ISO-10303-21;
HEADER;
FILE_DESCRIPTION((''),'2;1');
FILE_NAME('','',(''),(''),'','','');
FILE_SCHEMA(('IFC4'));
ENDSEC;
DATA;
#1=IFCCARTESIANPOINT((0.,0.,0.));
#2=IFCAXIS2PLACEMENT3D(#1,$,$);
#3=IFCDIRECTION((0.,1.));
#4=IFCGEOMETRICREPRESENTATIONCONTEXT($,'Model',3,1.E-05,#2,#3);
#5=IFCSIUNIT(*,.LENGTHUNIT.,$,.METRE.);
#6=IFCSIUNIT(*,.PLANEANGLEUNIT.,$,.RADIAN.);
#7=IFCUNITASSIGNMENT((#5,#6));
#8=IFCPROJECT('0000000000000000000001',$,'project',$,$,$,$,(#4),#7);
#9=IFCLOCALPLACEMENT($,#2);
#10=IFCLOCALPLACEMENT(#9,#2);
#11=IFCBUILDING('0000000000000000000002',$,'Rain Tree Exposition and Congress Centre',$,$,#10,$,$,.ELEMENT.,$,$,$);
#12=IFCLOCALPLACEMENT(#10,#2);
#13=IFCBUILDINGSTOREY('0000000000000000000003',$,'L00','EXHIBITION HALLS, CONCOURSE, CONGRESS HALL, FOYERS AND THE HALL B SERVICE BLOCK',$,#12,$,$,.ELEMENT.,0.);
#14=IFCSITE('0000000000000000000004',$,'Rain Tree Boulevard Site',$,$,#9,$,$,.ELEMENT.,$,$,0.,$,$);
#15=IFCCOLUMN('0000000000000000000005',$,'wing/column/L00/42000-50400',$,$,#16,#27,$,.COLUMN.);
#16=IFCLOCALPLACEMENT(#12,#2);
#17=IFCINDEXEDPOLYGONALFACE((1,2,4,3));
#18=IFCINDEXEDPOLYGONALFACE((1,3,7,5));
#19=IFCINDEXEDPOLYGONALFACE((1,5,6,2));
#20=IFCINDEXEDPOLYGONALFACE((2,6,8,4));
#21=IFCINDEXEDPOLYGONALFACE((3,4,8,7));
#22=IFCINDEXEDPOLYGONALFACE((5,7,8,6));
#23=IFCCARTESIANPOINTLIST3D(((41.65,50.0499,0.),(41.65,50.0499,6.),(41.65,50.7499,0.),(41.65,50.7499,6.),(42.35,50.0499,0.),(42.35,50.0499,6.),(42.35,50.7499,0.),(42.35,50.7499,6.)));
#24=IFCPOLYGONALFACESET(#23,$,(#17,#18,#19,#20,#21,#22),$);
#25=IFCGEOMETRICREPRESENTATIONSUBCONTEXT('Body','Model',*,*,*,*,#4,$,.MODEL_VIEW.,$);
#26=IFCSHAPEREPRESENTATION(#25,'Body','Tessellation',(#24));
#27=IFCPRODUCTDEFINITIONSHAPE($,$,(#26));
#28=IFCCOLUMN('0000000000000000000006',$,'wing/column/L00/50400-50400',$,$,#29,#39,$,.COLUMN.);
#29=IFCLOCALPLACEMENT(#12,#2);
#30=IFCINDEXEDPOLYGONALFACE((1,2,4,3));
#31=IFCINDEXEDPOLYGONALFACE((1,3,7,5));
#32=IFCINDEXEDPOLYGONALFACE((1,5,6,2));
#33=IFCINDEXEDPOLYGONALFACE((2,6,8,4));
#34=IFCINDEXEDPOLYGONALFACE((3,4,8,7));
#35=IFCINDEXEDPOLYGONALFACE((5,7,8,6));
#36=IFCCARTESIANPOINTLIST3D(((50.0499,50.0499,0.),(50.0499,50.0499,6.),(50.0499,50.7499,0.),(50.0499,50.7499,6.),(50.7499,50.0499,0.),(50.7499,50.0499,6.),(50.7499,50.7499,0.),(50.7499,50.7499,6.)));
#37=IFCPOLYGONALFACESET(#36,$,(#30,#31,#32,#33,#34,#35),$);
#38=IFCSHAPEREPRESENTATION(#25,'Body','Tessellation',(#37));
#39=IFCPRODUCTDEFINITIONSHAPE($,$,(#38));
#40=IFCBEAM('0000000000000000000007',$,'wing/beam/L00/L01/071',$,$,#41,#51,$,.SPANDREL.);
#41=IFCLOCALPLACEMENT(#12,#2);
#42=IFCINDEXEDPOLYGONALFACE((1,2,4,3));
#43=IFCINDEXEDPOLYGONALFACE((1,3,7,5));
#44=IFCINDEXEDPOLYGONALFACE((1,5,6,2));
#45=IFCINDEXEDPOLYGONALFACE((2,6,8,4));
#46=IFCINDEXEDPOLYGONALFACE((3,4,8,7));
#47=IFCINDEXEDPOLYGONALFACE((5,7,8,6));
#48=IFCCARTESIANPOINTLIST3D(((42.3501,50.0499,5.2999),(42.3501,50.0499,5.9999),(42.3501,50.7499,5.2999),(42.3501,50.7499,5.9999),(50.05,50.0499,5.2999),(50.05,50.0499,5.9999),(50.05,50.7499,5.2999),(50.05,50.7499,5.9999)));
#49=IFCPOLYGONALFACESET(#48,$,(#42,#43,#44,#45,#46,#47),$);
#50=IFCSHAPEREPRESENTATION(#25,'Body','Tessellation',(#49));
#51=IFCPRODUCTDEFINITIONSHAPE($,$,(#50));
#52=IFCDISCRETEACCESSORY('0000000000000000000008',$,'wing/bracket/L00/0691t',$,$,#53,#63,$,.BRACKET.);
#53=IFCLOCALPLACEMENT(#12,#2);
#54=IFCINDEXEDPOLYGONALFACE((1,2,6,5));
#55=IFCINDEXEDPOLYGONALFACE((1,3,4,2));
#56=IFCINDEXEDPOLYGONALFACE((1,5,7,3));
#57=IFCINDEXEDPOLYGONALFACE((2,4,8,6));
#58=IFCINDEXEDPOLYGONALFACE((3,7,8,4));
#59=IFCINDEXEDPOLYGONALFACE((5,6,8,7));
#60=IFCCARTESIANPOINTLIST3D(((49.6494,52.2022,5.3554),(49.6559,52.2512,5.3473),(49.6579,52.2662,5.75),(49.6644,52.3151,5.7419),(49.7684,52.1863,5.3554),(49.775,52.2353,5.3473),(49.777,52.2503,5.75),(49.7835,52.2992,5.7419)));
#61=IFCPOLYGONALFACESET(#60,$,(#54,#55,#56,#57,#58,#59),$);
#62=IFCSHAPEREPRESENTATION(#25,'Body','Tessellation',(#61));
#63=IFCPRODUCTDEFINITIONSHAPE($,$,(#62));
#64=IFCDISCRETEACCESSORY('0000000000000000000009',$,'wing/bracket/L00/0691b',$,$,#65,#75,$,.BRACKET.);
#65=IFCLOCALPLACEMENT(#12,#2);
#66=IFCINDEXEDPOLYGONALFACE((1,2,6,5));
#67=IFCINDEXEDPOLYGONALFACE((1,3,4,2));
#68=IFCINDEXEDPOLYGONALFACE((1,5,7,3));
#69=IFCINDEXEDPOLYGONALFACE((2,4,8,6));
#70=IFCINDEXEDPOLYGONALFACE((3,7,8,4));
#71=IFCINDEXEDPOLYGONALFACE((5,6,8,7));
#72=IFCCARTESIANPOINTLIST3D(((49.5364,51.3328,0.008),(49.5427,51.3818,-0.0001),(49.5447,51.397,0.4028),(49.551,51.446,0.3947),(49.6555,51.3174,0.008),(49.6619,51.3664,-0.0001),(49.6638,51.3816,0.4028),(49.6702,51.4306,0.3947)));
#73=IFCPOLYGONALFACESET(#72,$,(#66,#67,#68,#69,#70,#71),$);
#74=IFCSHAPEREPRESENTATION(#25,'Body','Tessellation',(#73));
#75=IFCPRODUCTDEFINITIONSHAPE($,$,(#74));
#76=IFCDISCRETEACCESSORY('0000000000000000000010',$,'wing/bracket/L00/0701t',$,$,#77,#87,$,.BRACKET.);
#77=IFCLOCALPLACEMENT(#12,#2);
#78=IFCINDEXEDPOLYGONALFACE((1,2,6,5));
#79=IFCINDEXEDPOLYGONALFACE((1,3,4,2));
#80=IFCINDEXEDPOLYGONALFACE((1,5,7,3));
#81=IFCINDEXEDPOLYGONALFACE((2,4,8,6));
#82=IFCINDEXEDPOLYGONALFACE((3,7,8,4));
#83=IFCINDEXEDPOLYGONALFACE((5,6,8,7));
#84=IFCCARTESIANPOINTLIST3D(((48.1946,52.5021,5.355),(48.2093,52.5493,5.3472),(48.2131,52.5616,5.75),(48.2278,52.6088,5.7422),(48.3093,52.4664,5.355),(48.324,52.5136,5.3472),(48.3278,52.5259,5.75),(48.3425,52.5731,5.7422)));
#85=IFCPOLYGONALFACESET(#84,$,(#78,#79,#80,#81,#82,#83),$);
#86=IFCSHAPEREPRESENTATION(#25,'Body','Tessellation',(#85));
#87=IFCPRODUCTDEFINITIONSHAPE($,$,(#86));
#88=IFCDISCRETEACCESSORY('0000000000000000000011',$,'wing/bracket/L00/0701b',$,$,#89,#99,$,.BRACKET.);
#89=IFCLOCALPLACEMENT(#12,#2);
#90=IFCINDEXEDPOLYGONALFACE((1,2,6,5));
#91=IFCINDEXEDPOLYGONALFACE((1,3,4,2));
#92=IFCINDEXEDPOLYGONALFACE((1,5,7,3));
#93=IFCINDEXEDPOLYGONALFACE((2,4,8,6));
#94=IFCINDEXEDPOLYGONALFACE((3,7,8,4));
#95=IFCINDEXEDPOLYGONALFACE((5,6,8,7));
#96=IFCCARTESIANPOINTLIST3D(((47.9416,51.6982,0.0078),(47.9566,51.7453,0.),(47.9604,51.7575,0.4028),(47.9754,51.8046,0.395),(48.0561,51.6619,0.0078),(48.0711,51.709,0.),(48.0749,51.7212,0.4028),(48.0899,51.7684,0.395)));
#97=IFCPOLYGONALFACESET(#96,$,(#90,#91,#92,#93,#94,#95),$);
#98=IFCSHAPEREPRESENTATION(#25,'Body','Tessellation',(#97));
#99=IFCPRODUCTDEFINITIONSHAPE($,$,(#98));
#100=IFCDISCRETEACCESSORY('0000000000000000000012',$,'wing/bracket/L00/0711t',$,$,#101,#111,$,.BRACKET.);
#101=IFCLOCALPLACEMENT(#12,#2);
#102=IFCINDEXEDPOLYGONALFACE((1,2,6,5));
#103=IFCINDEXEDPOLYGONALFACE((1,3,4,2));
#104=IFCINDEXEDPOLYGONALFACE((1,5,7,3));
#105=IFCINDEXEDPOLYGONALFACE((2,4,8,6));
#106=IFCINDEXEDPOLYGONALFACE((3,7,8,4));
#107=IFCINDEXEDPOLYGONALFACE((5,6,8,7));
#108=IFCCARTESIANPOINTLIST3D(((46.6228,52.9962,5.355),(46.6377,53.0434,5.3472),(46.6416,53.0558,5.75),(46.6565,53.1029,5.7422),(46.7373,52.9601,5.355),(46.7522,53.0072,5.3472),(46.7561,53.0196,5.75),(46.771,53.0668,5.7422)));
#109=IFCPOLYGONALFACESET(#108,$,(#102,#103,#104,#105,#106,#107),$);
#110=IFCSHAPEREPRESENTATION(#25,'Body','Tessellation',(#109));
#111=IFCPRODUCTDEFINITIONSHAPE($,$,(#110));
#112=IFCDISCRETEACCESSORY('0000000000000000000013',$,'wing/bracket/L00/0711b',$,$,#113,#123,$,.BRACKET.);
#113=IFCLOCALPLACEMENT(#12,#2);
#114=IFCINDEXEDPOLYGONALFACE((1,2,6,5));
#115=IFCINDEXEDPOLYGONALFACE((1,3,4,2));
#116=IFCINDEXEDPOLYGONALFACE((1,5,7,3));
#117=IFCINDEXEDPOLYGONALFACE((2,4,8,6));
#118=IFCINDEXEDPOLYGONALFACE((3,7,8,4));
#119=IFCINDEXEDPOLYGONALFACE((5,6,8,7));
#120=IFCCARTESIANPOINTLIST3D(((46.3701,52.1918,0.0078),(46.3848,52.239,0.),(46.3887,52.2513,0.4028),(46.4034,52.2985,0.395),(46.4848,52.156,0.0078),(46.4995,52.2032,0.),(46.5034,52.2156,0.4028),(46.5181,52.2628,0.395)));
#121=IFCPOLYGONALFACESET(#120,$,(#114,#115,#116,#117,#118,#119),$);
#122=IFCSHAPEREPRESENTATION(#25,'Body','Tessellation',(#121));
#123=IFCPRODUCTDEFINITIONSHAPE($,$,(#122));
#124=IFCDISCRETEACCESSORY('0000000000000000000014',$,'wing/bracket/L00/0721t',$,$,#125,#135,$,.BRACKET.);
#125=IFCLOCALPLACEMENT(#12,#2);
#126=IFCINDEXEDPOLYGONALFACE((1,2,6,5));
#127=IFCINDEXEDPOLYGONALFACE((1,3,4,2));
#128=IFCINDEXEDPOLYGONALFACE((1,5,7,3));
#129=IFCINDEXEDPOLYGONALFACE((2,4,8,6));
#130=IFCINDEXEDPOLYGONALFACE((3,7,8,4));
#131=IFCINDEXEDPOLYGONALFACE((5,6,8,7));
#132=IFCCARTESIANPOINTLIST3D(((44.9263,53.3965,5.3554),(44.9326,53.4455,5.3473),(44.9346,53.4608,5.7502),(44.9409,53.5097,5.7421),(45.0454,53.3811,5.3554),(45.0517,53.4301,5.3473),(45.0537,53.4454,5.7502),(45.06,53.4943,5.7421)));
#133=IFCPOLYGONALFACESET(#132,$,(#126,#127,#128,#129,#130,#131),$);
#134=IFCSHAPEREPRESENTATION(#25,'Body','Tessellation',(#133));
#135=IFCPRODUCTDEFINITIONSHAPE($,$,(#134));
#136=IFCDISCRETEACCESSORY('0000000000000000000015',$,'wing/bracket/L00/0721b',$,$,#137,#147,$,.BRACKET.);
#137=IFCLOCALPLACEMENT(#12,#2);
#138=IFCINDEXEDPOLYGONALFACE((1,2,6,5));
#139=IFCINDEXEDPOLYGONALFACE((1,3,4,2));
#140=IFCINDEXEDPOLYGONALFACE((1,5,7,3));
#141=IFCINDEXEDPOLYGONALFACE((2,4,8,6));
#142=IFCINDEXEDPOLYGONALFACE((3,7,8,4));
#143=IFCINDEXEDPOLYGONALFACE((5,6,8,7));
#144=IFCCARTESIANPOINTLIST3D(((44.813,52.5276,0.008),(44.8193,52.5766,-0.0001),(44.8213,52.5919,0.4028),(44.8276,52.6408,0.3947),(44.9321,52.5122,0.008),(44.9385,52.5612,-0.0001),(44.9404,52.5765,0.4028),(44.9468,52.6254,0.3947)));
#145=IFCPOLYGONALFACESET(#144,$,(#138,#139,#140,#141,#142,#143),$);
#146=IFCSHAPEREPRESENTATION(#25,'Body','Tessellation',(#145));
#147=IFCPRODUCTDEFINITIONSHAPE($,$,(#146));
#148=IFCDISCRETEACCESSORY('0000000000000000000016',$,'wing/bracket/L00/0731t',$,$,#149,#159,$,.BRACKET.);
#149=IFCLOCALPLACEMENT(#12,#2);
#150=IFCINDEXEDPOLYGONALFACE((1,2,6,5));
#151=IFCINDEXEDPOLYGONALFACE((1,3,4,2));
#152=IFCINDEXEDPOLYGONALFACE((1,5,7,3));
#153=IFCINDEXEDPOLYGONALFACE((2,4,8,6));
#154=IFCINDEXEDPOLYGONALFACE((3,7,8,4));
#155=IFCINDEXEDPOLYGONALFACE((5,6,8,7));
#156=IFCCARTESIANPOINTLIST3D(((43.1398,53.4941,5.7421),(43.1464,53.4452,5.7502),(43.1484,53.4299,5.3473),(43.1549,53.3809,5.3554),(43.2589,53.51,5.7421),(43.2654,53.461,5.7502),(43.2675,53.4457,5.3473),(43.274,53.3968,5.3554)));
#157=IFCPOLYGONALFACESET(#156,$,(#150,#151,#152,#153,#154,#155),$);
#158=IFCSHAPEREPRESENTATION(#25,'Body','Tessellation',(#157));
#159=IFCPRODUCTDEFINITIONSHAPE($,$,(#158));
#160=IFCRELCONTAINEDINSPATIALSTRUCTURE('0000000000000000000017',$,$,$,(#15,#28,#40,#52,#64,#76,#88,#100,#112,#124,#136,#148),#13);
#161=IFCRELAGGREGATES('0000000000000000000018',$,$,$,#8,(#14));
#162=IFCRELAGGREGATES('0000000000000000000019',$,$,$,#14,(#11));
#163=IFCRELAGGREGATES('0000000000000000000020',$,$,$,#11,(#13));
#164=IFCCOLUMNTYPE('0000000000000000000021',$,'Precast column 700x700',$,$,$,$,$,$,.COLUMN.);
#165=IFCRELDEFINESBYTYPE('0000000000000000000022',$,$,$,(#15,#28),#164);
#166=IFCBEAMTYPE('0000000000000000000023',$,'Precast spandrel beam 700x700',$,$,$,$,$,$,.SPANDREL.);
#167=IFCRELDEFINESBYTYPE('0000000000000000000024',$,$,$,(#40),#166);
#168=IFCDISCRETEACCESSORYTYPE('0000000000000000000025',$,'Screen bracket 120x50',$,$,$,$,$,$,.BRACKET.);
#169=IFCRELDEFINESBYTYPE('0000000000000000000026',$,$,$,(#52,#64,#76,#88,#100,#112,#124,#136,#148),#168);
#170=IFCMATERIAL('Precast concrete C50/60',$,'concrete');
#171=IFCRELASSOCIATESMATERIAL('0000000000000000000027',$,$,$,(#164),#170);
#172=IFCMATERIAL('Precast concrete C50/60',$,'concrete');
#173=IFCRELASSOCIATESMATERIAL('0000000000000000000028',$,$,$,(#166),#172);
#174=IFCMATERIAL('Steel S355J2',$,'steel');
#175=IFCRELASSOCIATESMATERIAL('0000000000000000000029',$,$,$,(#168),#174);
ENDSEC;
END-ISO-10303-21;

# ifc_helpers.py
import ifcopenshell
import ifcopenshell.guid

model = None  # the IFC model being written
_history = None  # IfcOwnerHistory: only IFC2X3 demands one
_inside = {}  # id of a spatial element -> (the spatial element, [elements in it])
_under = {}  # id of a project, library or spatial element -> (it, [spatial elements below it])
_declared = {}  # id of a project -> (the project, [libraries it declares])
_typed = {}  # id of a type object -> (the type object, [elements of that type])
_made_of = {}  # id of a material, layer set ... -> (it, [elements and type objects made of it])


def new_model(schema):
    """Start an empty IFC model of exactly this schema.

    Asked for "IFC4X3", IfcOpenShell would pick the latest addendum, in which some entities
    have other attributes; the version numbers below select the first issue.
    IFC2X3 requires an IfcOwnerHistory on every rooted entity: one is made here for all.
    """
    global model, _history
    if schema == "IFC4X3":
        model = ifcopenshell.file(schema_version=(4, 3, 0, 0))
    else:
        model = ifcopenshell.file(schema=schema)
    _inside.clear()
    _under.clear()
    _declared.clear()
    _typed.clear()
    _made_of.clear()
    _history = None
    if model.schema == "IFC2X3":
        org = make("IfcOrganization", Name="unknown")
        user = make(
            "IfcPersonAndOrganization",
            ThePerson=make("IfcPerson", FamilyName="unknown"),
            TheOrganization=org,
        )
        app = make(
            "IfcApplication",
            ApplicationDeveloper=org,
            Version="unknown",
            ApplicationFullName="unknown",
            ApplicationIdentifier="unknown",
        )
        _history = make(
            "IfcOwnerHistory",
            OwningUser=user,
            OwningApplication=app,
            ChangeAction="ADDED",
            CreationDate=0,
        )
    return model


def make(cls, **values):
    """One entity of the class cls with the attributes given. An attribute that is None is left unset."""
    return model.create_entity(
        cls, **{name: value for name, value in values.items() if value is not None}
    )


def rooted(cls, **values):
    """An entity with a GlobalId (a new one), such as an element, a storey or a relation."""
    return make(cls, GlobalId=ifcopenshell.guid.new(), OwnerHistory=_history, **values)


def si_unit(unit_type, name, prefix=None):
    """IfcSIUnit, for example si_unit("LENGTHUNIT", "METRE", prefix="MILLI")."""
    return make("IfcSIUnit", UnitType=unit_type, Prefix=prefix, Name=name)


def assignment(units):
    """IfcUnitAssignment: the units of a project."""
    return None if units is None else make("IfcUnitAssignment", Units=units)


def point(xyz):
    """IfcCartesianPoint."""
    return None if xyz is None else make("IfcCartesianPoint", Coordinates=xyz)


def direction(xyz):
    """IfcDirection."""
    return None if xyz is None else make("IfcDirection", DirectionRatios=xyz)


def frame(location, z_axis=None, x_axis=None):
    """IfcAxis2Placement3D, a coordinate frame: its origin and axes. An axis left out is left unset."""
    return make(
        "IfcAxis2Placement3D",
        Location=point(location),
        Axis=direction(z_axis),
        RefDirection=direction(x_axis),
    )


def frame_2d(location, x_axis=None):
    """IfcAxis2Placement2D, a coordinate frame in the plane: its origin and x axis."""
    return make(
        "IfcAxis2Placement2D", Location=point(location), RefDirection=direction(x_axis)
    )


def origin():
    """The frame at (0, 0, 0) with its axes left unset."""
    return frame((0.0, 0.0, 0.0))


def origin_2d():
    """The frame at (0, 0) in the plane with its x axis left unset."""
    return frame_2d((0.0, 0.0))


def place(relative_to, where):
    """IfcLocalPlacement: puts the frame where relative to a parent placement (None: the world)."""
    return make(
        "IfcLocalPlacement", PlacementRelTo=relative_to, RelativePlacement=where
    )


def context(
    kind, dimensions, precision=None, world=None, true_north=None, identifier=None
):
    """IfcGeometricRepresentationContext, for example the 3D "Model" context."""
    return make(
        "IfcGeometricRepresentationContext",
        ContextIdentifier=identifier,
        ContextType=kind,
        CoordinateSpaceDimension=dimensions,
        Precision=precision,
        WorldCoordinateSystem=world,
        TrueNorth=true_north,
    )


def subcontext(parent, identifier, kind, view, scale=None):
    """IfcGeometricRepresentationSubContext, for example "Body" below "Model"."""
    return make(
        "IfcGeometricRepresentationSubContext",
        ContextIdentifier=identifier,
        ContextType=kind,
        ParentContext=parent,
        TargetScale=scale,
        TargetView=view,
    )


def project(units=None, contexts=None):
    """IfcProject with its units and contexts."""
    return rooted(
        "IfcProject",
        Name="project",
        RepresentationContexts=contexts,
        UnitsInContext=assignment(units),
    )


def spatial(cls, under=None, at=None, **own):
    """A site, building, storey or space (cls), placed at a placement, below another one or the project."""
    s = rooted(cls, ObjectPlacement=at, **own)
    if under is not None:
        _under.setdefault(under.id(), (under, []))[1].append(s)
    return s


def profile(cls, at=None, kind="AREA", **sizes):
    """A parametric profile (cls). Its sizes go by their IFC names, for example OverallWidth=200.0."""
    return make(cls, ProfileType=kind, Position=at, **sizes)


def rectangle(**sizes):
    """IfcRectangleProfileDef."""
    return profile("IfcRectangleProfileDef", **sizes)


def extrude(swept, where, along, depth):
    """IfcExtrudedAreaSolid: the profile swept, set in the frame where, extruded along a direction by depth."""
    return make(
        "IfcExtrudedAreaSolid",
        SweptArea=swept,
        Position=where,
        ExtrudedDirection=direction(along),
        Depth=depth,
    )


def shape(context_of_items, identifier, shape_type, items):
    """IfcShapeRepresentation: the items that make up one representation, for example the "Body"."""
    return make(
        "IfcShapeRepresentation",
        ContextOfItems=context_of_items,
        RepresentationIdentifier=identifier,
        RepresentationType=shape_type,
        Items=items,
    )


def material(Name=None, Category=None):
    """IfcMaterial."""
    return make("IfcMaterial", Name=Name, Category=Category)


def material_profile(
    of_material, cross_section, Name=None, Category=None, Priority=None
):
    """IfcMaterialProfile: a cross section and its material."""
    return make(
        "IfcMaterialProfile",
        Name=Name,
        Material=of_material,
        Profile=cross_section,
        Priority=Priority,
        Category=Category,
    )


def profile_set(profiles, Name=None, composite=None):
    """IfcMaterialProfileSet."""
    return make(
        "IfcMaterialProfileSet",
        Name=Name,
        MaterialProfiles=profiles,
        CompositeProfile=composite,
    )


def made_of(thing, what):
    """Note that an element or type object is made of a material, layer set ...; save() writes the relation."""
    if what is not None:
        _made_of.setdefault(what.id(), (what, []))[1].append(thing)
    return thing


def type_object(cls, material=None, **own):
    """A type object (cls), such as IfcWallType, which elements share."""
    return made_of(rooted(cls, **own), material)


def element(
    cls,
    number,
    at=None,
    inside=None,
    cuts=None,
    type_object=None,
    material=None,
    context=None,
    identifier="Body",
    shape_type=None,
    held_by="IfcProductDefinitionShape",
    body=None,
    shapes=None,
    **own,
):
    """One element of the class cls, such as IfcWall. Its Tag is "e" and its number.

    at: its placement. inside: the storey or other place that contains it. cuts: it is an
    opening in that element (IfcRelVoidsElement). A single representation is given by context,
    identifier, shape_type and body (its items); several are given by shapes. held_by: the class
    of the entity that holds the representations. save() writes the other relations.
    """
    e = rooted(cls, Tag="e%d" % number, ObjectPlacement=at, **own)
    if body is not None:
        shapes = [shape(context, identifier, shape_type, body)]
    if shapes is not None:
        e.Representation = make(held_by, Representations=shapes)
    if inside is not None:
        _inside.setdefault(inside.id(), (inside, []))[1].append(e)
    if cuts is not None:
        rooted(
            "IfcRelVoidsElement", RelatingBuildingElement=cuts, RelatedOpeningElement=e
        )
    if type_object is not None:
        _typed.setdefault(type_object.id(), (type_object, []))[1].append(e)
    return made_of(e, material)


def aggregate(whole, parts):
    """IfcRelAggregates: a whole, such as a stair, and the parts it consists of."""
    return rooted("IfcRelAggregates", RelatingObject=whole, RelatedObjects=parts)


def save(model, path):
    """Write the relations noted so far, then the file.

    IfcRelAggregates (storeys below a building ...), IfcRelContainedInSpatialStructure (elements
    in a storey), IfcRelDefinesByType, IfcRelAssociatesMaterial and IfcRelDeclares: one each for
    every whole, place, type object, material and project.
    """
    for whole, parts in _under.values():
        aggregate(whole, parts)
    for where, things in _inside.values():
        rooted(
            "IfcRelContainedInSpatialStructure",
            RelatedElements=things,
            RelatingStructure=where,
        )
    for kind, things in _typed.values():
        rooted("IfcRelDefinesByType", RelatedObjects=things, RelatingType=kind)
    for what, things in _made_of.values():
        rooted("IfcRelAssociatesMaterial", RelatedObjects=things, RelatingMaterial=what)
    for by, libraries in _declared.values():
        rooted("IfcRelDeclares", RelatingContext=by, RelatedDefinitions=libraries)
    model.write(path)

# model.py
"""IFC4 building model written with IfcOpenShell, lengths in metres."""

from ifc_helpers import new_model, si_unit, direction, frame, origin, origin_2d, place, context, subcontext, project, spatial, rectangle, extrude, material, material_profile, profile_set, type_object, element, save


model = new_model("IFC4")

# Units and contexts
model_context = context("Model", 3, precision=1e-05, world=origin(), true_north=direction((0.0, 1.0)))
body_context = subcontext(model_context, "Body", "Model", "MODEL_VIEW")
ifc_project = project(units=[si_unit("LENGTHUNIT", "METRE"), si_unit("PLANEANGLEUNIT", "RADIAN")], contexts=[model_context])

# Site, building, storey
site_placement = place(None, origin())
site = spatial("IfcSite", under=ifc_project, at=site_placement, Name="Rain Tree Boulevard Site", CompositionType="ELEMENT", RefElevation=0.0)
building_placement = place(site_placement, origin())
building = spatial("IfcBuilding", under=site, at=building_placement, Name="Rain Tree Exposition and Congress Centre", CompositionType="ELEMENT")
storey_placement = place(building_placement, origin())
storey = spatial("IfcBuildingStorey", under=building, at=storey_placement, Name="L00", Description="EXHIBITION HALLS, CONCOURSE, CONGRESS HALL, FOYERS AND THE HALL B SERVICE BLOCK", CompositionType="ELEMENT", Elevation=0.0)

# Columns
ifc_material_1 = material(Name="Precast concrete C50/60", Category="concrete")
ifc_material_profile_1 = material_profile(ifc_material_1, rectangle(XDim=0.7, YDim=0.7, at=origin_2d()), Name="RC 700x700")
ifc_profile_set_1 = profile_set([ifc_material_profile_1], Name="Precast concrete C50/60")
column_type = type_object("IfcColumnType", Name="Precast column 700x700", PredefinedType="COLUMN", material=ifc_profile_set_1)
for number, where, z_axis, x_axis, name in (
    (1, (42.0, 50.3999, 0.0), (0.0, 0.0, 1.0), (1.0, 0.0, 0.0), "wing/column/L00/42000-50400"),
    (2, (50.3999, 50.3999, 0.0), (0.0, 0.0, 1.0), (1.0, 0.0, 0.0), "wing/column/L00/50400-50400"),
):
    element("IfcColumn", number, at=place(storey_placement, frame(where, z_axis=z_axis, x_axis=x_axis)), inside=storey, type_object=column_type, Name=name, PredefinedType="COLUMN", context=body_context, shape_type="SweptSolid", body=[
        extrude(rectangle(XDim=0.7, YDim=0.7, at=origin_2d()), origin(), (0.0, 0.0, 1.0), 6.0),
    ])

# Beam
ifc_material_2 = material(Name="Precast concrete C50/60", Category="concrete")
ifc_material_profile_2 = material_profile(ifc_material_2, rectangle(XDim=0.7, YDim=0.7, at=origin_2d()), Name="RC 700x700")
ifc_profile_set_2 = profile_set([ifc_material_profile_2], Name="Precast concrete C50/60")
beam_type = type_object("IfcBeamType", Name="Precast spandrel beam 700x700", PredefinedType="SPANDREL", material=ifc_profile_set_2)
beam_placement = place(storey_placement, frame((42.3501, 50.3999, 5.6499), z_axis=(1.0, 0.0, 0.0), x_axis=(0.0, 1.0, 0.0)))
element("IfcBeam", 3, at=beam_placement, inside=storey, type_object=beam_type, Name="wing/beam/L00/L01/071", PredefinedType="SPANDREL", context=body_context, shape_type="SweptSolid", body=[
    extrude(rectangle(XDim=0.7, YDim=0.7, at=origin_2d()), origin(), (0.0, 0.0, 1.0), 7.7),
])

# Discrete accessories
ifc_material_3 = material(Name="Steel S355J2", Category="steel")
ifc_material_profile_3 = material_profile(ifc_material_3, rectangle(XDim=0.1201, YDim=0.05, at=origin_2d()), Name="Flat bar 120x50")
ifc_profile_set_3 = profile_set([ifc_material_profile_3], Name="Steel S355J2")
discrete_accessory_type = type_object("IfcDiscreteAccessoryType", Name="Screen bracket 120x50", PredefinedType="BRACKET", material=ifc_profile_set_3)
discrete_accessory_1_placement = place(storey_placement, frame((49.7122, 52.2188, 5.3513), z_axis=(0.021361, 0.159906, 0.986901), x_axis=(-0.991195, 0.132412, 0.0)))
element("IfcDiscreteAccessory", 4, at=discrete_accessory_1_placement, inside=storey, type_object=discrete_accessory_type, Name="wing/bracket/L00/0691t", PredefinedType="BRACKET", context=body_context, shape_type="SweptSolid", body=[
    extrude(rectangle(XDim=0.1201, YDim=0.05, at=origin_2d()), origin(), (0.0, 0.0, 1.0), 0.3999),
])
discrete_accessory_2_placement = place(storey_placement, frame((49.5991, 51.3496, 0.0039), z_axis=(0.020749, 0.160503, 0.986817), x_axis=(-0.991747, 0.128211, 0.0)))
element("IfcDiscreteAccessory", 5, at=discrete_accessory_2_placement, inside=storey, type_object=discrete_accessory_type, Name="wing/bracket/L00/0691b", PredefinedType="BRACKET", context=body_context, shape_type="SweptSolid", body=[
    extrude(rectangle(XDim=0.1201, YDim=0.05, at=origin_2d()), origin(), (0.0, 0.0, 1.0), 0.4001),
])
for number, where, z_axis, x_axis, name in (
    (6, (48.2593, 52.5078, 5.3511), (0.046396, 0.148957, 0.987755), (-0.954758, 0.297384, 0.0), "wing/bracket/L00/0701t"),
    (7, (48.0063, 51.7036, 0.0039), (0.04701, 0.148356, 0.987816), (-0.953286, 0.30207, 0.0), "wing/bracket/L00/0701b"),
    (8, (46.6875, 53.0017, 5.3511), (0.047006, 0.148953, 0.987726), (-0.953642, 0.300944, 0.0), "wing/bracket/L00/0711t"),
    (9, (46.4348, 52.1975, 0.0039), (0.046396, 0.148957, 0.987755), (-0.954758, 0.297384, 0.0), "wing/bracket/L00/0711b"),
):
    element("IfcDiscreteAccessory", number, at=place(storey_placement, frame(where, z_axis=z_axis, x_axis=x_axis)), inside=storey, type_object=discrete_accessory_type, Name=name, PredefinedType="BRACKET", context=body_context, shape_type="SweptSolid", body=[
        extrude(rectangle(XDim=0.1201, YDim=0.05, at=origin_2d()), origin(), (0.0, 0.0, 1.0), 0.3999),
    ])
for number, where, z_axis, x_axis, name in (
    (10, (44.989, 53.4133, 5.3513), (0.020749, 0.160503, 0.986817), (-0.991747, 0.128211, 0.0), "wing/bracket/L00/0721t"),
    (11, (44.8757, 52.5444, 0.0039), (0.020749, 0.160503, 0.986817), (-0.991747, 0.128211, 0.0), "wing/bracket/L00/0721b"),
    (12, (43.2112, 53.4133, 5.3513), (-0.021359, 0.160501, 0.986805), (-0.991261, -0.131917, 0.0), "wing/bracket/L00/0731t"),
):
    element("IfcDiscreteAccessory", number, at=place(storey_placement, frame(where, z_axis=z_axis, x_axis=x_axis)), inside=storey, type_object=discrete_accessory_type, Name=name, PredefinedType="BRACKET", context=body_context, shape_type="SweptSolid", body=[
        extrude(rectangle(XDim=0.1201, YDim=0.05, at=origin_2d()), origin(), (0.0, 0.0, 1.0), 0.4001),
    ])

save(model, "model.ifc")
